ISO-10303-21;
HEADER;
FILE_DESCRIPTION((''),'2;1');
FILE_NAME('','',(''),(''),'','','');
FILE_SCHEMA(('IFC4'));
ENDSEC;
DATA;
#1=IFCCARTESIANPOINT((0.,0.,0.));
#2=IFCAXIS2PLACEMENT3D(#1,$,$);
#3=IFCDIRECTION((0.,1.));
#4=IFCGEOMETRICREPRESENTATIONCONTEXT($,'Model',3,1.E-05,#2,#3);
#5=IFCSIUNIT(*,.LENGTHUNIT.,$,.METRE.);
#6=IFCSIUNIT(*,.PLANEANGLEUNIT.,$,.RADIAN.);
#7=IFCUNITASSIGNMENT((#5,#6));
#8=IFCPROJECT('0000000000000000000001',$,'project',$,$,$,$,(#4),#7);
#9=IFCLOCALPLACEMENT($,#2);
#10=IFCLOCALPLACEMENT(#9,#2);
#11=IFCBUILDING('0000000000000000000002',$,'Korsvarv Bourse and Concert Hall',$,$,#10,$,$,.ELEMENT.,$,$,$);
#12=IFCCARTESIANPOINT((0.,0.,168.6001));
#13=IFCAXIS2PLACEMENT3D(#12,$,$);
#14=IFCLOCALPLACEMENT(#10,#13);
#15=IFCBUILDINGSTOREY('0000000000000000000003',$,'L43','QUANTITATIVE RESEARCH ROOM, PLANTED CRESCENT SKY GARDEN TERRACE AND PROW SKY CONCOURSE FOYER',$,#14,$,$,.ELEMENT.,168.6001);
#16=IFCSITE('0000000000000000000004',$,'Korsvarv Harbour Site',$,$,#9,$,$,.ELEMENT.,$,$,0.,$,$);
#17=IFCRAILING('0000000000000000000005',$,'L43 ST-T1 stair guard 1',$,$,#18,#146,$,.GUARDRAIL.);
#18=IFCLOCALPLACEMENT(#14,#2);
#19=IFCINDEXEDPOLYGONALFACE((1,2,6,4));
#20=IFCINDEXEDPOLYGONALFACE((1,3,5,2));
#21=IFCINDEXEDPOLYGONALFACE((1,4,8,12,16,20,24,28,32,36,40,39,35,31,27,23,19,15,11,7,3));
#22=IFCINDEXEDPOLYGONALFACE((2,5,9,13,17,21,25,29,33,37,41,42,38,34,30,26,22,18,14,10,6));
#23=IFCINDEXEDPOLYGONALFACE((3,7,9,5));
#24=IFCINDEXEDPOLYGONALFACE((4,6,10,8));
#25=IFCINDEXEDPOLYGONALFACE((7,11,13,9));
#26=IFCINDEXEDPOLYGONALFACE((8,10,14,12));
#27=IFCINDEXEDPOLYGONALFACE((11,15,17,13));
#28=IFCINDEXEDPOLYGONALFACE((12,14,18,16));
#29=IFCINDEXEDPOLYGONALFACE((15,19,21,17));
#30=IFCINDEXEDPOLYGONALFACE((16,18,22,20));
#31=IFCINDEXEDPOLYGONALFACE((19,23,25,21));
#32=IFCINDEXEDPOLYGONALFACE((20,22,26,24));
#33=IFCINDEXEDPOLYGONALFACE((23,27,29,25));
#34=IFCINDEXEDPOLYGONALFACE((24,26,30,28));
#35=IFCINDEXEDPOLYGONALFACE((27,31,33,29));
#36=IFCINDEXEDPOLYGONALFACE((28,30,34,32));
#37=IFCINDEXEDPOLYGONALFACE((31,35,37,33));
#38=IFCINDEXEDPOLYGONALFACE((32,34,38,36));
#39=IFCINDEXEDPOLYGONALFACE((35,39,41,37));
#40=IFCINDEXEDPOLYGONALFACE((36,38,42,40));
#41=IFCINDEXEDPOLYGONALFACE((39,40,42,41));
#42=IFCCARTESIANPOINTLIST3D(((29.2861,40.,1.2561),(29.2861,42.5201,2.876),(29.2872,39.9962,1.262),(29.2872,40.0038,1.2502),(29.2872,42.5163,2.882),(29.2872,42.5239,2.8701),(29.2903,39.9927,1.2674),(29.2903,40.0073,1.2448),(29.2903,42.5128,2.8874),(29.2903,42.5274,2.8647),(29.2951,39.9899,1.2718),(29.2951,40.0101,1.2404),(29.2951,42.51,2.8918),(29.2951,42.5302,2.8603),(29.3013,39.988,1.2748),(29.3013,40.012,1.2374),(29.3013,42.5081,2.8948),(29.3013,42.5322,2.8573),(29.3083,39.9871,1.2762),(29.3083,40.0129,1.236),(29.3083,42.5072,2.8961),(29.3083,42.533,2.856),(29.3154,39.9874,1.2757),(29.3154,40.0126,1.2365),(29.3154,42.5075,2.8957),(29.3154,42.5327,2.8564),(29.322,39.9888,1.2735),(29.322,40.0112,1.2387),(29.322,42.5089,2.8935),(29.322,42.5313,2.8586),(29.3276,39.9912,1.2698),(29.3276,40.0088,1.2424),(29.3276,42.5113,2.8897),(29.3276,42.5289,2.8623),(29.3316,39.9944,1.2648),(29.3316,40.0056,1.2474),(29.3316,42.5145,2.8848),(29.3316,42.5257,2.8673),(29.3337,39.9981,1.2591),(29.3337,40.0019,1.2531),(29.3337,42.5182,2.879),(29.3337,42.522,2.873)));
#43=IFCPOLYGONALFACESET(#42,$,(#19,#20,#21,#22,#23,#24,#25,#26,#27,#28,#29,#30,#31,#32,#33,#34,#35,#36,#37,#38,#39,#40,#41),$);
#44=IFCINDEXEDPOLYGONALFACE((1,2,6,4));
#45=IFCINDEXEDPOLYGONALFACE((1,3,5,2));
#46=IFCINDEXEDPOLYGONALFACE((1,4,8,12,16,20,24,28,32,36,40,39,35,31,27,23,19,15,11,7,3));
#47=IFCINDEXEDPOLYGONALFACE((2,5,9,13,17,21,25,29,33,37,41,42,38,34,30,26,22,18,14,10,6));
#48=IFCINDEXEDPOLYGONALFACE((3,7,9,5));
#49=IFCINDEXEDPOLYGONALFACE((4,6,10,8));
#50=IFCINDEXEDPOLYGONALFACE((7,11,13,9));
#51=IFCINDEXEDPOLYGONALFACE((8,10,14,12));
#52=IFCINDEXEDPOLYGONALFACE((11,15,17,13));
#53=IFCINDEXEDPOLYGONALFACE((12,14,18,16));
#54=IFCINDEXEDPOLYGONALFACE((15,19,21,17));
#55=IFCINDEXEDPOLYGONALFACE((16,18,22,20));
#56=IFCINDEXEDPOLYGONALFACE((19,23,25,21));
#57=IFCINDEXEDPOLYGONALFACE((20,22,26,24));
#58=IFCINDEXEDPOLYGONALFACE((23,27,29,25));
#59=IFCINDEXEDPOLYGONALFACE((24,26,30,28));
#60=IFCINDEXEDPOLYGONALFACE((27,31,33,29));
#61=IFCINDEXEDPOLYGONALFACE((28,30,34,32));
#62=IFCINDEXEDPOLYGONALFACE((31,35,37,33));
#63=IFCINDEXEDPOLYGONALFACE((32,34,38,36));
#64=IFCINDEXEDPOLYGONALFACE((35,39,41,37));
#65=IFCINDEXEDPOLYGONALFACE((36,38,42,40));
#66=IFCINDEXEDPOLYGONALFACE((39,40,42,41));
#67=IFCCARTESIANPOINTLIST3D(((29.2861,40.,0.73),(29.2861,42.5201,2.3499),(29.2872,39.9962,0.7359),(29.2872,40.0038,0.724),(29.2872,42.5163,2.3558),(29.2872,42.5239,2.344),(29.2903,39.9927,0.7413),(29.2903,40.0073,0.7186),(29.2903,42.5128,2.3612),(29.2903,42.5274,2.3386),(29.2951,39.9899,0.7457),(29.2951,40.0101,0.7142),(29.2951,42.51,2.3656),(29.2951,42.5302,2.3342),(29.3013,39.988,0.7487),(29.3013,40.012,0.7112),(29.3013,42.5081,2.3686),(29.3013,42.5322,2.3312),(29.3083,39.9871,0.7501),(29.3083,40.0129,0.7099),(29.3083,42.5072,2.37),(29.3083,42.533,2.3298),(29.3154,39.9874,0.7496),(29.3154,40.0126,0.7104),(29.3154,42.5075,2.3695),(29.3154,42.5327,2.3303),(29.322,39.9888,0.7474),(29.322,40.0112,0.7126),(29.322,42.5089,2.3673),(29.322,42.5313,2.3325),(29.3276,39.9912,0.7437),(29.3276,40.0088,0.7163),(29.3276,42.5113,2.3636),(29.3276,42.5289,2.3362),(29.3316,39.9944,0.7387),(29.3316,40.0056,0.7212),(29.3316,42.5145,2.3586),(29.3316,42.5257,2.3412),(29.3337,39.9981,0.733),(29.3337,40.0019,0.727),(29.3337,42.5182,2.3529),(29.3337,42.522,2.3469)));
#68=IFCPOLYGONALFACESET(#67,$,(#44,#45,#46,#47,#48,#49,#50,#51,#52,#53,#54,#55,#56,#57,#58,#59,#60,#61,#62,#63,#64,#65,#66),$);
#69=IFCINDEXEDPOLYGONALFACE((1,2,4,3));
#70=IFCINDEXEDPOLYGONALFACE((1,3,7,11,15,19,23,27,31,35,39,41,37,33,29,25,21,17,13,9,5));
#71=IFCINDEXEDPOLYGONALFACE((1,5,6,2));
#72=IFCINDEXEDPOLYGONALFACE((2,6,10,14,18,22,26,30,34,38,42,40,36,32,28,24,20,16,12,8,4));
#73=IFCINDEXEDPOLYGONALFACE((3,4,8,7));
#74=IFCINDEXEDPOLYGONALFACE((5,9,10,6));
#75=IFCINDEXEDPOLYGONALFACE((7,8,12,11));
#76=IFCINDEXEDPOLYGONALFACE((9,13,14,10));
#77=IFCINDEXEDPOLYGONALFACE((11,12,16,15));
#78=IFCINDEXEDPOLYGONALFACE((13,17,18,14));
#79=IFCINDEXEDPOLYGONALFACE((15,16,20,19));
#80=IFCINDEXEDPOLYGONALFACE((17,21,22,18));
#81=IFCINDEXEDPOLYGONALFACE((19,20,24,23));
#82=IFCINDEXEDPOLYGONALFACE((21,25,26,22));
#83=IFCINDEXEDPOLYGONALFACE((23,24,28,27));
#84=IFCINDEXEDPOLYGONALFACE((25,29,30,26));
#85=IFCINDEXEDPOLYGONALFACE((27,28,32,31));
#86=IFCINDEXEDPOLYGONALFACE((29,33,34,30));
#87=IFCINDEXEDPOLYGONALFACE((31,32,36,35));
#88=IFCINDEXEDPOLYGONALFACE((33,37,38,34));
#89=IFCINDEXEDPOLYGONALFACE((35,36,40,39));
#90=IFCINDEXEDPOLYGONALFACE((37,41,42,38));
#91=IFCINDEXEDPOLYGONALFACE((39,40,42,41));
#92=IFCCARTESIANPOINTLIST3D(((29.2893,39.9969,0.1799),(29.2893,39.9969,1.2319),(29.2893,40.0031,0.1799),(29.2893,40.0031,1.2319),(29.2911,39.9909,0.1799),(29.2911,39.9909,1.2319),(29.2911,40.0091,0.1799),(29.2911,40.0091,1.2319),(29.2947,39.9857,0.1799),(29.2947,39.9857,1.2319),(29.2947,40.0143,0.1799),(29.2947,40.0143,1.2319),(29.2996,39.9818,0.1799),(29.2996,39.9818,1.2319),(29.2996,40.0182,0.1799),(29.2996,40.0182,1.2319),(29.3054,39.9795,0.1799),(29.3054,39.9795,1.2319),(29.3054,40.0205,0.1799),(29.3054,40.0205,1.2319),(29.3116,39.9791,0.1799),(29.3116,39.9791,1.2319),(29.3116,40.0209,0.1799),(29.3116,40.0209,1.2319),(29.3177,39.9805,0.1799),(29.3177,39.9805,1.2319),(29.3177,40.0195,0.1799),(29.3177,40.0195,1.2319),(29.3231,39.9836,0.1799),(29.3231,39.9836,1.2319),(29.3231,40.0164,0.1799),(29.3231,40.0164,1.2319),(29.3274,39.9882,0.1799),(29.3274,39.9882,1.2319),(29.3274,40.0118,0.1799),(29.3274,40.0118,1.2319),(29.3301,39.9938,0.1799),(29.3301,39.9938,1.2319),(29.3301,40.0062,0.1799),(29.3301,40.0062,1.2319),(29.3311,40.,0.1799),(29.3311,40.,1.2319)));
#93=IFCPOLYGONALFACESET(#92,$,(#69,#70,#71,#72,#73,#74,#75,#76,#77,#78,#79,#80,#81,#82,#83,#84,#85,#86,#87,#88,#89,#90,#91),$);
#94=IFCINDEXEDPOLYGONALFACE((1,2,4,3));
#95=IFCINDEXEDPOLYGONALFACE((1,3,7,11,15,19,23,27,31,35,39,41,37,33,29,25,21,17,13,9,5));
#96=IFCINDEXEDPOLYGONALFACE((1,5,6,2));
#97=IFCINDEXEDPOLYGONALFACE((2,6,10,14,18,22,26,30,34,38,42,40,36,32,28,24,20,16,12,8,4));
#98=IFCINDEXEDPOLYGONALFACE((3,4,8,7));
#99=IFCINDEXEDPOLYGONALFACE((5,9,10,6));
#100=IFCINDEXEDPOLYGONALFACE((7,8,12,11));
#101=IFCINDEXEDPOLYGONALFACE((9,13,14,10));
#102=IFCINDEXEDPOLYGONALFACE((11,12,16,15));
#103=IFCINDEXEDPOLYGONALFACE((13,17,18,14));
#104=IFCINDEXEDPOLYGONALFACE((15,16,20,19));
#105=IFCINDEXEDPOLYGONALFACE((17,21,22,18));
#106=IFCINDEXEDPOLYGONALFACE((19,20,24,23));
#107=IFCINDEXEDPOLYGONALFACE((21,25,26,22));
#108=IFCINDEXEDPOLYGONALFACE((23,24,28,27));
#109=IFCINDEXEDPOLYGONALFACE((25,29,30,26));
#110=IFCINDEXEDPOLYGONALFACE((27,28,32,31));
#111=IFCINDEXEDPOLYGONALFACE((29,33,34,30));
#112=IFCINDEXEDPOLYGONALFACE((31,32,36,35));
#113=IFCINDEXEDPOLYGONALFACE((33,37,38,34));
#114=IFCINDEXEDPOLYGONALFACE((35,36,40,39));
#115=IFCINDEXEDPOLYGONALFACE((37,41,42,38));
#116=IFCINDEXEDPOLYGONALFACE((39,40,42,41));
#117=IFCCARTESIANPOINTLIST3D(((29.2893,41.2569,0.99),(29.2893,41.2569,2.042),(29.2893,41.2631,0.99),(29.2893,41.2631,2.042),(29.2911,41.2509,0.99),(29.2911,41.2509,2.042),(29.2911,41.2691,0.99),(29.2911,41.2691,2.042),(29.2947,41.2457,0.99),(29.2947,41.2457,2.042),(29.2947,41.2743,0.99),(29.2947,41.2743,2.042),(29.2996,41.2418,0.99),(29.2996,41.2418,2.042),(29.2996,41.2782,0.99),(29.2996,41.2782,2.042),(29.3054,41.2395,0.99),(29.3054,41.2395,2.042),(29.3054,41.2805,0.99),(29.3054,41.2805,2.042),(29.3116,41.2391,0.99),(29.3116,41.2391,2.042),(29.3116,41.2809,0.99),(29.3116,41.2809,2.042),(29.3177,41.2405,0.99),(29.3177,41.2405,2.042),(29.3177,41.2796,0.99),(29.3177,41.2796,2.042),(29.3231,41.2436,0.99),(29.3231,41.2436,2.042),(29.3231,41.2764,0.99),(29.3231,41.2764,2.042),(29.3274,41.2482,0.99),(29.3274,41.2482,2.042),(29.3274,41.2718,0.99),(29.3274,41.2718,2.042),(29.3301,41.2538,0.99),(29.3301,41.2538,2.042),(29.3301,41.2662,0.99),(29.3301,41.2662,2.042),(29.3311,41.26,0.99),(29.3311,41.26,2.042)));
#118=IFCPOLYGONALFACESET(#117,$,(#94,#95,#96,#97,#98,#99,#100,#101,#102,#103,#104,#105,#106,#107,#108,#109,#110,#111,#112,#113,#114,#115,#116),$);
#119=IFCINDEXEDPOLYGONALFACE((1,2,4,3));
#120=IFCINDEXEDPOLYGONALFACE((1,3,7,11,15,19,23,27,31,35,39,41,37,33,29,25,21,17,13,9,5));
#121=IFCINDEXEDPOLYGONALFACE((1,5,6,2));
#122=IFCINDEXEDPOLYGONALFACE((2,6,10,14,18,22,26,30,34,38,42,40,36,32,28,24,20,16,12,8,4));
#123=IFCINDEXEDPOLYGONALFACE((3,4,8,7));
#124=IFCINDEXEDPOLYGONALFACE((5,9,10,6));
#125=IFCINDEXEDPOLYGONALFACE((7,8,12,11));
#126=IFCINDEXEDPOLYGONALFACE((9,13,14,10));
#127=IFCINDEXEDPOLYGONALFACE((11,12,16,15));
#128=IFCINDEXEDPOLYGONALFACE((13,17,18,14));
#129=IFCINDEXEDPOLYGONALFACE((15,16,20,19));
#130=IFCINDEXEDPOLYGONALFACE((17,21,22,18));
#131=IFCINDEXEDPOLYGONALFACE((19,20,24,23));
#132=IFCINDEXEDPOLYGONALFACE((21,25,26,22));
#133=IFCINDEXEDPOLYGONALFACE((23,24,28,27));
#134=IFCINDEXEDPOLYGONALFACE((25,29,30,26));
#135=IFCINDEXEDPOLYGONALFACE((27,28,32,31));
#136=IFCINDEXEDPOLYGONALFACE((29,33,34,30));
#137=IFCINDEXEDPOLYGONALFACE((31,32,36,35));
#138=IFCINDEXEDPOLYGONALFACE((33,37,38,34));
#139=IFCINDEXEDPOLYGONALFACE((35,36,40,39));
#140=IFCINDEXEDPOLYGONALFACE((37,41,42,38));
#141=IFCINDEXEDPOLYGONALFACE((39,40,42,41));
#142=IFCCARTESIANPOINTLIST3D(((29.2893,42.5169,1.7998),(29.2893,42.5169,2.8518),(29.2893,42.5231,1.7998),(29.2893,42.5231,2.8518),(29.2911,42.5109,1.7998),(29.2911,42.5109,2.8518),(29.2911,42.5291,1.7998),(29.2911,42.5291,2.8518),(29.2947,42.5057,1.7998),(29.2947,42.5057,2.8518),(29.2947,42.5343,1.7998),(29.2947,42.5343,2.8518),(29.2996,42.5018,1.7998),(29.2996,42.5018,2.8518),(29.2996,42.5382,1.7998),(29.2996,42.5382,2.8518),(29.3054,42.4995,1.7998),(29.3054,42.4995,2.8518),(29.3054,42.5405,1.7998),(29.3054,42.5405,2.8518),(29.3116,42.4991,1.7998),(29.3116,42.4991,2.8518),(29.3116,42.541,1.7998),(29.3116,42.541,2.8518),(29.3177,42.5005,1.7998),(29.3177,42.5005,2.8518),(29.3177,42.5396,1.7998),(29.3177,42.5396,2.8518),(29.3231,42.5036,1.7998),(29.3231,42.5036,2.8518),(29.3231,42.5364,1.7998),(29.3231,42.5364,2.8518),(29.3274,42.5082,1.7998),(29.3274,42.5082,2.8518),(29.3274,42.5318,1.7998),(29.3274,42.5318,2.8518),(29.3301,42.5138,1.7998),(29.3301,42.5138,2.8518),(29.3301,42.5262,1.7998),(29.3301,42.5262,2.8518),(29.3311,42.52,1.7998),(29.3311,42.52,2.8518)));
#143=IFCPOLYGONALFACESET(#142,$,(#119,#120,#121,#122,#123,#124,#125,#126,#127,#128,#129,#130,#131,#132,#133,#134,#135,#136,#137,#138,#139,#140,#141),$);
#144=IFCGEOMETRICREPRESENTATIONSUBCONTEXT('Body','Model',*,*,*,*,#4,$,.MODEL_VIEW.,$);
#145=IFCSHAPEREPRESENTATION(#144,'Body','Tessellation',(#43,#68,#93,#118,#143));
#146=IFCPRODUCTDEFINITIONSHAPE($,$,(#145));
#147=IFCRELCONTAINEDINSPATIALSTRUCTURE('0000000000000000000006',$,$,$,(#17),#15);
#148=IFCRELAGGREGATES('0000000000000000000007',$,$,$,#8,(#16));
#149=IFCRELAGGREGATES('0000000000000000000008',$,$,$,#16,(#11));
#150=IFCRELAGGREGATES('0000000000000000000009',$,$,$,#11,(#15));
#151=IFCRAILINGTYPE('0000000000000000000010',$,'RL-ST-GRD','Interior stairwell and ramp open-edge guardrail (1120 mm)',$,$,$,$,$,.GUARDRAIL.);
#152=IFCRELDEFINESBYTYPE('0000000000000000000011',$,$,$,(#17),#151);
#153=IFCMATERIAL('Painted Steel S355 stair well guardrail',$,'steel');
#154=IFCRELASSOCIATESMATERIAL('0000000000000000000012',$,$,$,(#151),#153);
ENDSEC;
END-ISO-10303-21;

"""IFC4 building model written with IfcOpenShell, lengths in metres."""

from ifc_helpers import new_model, si_unit, direction, frame, origin, origin_2d, place, context, subcontext, project, spatial, circle, extrude, material, type_object, element, save


model = new_model("IFC4")

# Units and contexts
model_context = context("Model", 3, precision=1e-05, world=origin(), true_north=direction((0.0, 1.0)))
body_context = subcontext(model_context, "Body", "Model", "MODEL_VIEW")
ifc_project = project(units=[si_unit("LENGTHUNIT", "METRE"), si_unit("PLANEANGLEUNIT", "RADIAN")], contexts=[model_context])

# Site, building, storey
site_placement = place(None, origin())
site = spatial("IfcSite", under=ifc_project, at=site_placement, Name="Korsvarv Harbour Site", CompositionType="ELEMENT", RefElevation=0.0)
building_placement = place(site_placement, origin())
building = spatial("IfcBuilding", under=site, at=building_placement, Name="Korsvarv Bourse and Concert Hall", CompositionType="ELEMENT")
storey_placement = place(building_placement, frame((0.0, 0.0, 168.6001)))
storey = spatial("IfcBuildingStorey", under=building, at=storey_placement, Name="L43", Description="QUANTITATIVE RESEARCH ROOM, PLANTED CRESCENT SKY GARDEN TERRACE AND PROW SKY CONCOURSE FOYER", CompositionType="ELEMENT", Elevation=168.6001)

# Railing
ifc_material_1 = material(Name="Painted Steel S355 stair well guardrail", Category="steel")
railing_type_1 = type_object("IfcRailingType", Name="RL-ST-GRD", Description="Interior stairwell and ramp open-edge guardrail (1120 mm)", PredefinedType="GUARDRAIL", material=ifc_material_1)
railing_1_placement = place(storey_placement, frame((29.3101, 40.0, 0.1799)))
element("IfcRailing", 1, at=railing_1_placement, inside=storey, type_object=railing_type_1, Name="L43 ST-T1 stair guard 1", PredefinedType="GUARDRAIL", context=body_context, shape_type="SweptSolid", body=[
    extrude(circle(Radius=0.0239, at=origin_2d()), frame((0.0, 0.0, 1.0762), z_axis=(0.0, 0.8412, 0.540725), x_axis=(-1.0, 0.0, 0.0)), (0.0, 0.0, 1.0), 2.9958),
    extrude(circle(Radius=0.0239, at=origin_2d()), frame((0.0, 0.0, 0.55), z_axis=(0.0, 0.8412, 0.540725), x_axis=(-1.0, 0.0, 0.0)), (0.0, 0.0, 1.0), 2.9958),
    extrude(circle(Radius=0.021, at=origin_2d()), origin(), (0.0, 0.0, 1.0), 1.052),
    extrude(circle(Radius=0.021, at=origin_2d()), frame((0.0, 1.26, 0.8101)), (0.0, 0.0, 1.0), 1.052),
    extrude(circle(Radius=0.021, at=origin_2d()), frame((0.0, 2.52, 1.6199)), (0.0, 0.0, 1.0), 1.052),
])

save(model, "model.ifc")
